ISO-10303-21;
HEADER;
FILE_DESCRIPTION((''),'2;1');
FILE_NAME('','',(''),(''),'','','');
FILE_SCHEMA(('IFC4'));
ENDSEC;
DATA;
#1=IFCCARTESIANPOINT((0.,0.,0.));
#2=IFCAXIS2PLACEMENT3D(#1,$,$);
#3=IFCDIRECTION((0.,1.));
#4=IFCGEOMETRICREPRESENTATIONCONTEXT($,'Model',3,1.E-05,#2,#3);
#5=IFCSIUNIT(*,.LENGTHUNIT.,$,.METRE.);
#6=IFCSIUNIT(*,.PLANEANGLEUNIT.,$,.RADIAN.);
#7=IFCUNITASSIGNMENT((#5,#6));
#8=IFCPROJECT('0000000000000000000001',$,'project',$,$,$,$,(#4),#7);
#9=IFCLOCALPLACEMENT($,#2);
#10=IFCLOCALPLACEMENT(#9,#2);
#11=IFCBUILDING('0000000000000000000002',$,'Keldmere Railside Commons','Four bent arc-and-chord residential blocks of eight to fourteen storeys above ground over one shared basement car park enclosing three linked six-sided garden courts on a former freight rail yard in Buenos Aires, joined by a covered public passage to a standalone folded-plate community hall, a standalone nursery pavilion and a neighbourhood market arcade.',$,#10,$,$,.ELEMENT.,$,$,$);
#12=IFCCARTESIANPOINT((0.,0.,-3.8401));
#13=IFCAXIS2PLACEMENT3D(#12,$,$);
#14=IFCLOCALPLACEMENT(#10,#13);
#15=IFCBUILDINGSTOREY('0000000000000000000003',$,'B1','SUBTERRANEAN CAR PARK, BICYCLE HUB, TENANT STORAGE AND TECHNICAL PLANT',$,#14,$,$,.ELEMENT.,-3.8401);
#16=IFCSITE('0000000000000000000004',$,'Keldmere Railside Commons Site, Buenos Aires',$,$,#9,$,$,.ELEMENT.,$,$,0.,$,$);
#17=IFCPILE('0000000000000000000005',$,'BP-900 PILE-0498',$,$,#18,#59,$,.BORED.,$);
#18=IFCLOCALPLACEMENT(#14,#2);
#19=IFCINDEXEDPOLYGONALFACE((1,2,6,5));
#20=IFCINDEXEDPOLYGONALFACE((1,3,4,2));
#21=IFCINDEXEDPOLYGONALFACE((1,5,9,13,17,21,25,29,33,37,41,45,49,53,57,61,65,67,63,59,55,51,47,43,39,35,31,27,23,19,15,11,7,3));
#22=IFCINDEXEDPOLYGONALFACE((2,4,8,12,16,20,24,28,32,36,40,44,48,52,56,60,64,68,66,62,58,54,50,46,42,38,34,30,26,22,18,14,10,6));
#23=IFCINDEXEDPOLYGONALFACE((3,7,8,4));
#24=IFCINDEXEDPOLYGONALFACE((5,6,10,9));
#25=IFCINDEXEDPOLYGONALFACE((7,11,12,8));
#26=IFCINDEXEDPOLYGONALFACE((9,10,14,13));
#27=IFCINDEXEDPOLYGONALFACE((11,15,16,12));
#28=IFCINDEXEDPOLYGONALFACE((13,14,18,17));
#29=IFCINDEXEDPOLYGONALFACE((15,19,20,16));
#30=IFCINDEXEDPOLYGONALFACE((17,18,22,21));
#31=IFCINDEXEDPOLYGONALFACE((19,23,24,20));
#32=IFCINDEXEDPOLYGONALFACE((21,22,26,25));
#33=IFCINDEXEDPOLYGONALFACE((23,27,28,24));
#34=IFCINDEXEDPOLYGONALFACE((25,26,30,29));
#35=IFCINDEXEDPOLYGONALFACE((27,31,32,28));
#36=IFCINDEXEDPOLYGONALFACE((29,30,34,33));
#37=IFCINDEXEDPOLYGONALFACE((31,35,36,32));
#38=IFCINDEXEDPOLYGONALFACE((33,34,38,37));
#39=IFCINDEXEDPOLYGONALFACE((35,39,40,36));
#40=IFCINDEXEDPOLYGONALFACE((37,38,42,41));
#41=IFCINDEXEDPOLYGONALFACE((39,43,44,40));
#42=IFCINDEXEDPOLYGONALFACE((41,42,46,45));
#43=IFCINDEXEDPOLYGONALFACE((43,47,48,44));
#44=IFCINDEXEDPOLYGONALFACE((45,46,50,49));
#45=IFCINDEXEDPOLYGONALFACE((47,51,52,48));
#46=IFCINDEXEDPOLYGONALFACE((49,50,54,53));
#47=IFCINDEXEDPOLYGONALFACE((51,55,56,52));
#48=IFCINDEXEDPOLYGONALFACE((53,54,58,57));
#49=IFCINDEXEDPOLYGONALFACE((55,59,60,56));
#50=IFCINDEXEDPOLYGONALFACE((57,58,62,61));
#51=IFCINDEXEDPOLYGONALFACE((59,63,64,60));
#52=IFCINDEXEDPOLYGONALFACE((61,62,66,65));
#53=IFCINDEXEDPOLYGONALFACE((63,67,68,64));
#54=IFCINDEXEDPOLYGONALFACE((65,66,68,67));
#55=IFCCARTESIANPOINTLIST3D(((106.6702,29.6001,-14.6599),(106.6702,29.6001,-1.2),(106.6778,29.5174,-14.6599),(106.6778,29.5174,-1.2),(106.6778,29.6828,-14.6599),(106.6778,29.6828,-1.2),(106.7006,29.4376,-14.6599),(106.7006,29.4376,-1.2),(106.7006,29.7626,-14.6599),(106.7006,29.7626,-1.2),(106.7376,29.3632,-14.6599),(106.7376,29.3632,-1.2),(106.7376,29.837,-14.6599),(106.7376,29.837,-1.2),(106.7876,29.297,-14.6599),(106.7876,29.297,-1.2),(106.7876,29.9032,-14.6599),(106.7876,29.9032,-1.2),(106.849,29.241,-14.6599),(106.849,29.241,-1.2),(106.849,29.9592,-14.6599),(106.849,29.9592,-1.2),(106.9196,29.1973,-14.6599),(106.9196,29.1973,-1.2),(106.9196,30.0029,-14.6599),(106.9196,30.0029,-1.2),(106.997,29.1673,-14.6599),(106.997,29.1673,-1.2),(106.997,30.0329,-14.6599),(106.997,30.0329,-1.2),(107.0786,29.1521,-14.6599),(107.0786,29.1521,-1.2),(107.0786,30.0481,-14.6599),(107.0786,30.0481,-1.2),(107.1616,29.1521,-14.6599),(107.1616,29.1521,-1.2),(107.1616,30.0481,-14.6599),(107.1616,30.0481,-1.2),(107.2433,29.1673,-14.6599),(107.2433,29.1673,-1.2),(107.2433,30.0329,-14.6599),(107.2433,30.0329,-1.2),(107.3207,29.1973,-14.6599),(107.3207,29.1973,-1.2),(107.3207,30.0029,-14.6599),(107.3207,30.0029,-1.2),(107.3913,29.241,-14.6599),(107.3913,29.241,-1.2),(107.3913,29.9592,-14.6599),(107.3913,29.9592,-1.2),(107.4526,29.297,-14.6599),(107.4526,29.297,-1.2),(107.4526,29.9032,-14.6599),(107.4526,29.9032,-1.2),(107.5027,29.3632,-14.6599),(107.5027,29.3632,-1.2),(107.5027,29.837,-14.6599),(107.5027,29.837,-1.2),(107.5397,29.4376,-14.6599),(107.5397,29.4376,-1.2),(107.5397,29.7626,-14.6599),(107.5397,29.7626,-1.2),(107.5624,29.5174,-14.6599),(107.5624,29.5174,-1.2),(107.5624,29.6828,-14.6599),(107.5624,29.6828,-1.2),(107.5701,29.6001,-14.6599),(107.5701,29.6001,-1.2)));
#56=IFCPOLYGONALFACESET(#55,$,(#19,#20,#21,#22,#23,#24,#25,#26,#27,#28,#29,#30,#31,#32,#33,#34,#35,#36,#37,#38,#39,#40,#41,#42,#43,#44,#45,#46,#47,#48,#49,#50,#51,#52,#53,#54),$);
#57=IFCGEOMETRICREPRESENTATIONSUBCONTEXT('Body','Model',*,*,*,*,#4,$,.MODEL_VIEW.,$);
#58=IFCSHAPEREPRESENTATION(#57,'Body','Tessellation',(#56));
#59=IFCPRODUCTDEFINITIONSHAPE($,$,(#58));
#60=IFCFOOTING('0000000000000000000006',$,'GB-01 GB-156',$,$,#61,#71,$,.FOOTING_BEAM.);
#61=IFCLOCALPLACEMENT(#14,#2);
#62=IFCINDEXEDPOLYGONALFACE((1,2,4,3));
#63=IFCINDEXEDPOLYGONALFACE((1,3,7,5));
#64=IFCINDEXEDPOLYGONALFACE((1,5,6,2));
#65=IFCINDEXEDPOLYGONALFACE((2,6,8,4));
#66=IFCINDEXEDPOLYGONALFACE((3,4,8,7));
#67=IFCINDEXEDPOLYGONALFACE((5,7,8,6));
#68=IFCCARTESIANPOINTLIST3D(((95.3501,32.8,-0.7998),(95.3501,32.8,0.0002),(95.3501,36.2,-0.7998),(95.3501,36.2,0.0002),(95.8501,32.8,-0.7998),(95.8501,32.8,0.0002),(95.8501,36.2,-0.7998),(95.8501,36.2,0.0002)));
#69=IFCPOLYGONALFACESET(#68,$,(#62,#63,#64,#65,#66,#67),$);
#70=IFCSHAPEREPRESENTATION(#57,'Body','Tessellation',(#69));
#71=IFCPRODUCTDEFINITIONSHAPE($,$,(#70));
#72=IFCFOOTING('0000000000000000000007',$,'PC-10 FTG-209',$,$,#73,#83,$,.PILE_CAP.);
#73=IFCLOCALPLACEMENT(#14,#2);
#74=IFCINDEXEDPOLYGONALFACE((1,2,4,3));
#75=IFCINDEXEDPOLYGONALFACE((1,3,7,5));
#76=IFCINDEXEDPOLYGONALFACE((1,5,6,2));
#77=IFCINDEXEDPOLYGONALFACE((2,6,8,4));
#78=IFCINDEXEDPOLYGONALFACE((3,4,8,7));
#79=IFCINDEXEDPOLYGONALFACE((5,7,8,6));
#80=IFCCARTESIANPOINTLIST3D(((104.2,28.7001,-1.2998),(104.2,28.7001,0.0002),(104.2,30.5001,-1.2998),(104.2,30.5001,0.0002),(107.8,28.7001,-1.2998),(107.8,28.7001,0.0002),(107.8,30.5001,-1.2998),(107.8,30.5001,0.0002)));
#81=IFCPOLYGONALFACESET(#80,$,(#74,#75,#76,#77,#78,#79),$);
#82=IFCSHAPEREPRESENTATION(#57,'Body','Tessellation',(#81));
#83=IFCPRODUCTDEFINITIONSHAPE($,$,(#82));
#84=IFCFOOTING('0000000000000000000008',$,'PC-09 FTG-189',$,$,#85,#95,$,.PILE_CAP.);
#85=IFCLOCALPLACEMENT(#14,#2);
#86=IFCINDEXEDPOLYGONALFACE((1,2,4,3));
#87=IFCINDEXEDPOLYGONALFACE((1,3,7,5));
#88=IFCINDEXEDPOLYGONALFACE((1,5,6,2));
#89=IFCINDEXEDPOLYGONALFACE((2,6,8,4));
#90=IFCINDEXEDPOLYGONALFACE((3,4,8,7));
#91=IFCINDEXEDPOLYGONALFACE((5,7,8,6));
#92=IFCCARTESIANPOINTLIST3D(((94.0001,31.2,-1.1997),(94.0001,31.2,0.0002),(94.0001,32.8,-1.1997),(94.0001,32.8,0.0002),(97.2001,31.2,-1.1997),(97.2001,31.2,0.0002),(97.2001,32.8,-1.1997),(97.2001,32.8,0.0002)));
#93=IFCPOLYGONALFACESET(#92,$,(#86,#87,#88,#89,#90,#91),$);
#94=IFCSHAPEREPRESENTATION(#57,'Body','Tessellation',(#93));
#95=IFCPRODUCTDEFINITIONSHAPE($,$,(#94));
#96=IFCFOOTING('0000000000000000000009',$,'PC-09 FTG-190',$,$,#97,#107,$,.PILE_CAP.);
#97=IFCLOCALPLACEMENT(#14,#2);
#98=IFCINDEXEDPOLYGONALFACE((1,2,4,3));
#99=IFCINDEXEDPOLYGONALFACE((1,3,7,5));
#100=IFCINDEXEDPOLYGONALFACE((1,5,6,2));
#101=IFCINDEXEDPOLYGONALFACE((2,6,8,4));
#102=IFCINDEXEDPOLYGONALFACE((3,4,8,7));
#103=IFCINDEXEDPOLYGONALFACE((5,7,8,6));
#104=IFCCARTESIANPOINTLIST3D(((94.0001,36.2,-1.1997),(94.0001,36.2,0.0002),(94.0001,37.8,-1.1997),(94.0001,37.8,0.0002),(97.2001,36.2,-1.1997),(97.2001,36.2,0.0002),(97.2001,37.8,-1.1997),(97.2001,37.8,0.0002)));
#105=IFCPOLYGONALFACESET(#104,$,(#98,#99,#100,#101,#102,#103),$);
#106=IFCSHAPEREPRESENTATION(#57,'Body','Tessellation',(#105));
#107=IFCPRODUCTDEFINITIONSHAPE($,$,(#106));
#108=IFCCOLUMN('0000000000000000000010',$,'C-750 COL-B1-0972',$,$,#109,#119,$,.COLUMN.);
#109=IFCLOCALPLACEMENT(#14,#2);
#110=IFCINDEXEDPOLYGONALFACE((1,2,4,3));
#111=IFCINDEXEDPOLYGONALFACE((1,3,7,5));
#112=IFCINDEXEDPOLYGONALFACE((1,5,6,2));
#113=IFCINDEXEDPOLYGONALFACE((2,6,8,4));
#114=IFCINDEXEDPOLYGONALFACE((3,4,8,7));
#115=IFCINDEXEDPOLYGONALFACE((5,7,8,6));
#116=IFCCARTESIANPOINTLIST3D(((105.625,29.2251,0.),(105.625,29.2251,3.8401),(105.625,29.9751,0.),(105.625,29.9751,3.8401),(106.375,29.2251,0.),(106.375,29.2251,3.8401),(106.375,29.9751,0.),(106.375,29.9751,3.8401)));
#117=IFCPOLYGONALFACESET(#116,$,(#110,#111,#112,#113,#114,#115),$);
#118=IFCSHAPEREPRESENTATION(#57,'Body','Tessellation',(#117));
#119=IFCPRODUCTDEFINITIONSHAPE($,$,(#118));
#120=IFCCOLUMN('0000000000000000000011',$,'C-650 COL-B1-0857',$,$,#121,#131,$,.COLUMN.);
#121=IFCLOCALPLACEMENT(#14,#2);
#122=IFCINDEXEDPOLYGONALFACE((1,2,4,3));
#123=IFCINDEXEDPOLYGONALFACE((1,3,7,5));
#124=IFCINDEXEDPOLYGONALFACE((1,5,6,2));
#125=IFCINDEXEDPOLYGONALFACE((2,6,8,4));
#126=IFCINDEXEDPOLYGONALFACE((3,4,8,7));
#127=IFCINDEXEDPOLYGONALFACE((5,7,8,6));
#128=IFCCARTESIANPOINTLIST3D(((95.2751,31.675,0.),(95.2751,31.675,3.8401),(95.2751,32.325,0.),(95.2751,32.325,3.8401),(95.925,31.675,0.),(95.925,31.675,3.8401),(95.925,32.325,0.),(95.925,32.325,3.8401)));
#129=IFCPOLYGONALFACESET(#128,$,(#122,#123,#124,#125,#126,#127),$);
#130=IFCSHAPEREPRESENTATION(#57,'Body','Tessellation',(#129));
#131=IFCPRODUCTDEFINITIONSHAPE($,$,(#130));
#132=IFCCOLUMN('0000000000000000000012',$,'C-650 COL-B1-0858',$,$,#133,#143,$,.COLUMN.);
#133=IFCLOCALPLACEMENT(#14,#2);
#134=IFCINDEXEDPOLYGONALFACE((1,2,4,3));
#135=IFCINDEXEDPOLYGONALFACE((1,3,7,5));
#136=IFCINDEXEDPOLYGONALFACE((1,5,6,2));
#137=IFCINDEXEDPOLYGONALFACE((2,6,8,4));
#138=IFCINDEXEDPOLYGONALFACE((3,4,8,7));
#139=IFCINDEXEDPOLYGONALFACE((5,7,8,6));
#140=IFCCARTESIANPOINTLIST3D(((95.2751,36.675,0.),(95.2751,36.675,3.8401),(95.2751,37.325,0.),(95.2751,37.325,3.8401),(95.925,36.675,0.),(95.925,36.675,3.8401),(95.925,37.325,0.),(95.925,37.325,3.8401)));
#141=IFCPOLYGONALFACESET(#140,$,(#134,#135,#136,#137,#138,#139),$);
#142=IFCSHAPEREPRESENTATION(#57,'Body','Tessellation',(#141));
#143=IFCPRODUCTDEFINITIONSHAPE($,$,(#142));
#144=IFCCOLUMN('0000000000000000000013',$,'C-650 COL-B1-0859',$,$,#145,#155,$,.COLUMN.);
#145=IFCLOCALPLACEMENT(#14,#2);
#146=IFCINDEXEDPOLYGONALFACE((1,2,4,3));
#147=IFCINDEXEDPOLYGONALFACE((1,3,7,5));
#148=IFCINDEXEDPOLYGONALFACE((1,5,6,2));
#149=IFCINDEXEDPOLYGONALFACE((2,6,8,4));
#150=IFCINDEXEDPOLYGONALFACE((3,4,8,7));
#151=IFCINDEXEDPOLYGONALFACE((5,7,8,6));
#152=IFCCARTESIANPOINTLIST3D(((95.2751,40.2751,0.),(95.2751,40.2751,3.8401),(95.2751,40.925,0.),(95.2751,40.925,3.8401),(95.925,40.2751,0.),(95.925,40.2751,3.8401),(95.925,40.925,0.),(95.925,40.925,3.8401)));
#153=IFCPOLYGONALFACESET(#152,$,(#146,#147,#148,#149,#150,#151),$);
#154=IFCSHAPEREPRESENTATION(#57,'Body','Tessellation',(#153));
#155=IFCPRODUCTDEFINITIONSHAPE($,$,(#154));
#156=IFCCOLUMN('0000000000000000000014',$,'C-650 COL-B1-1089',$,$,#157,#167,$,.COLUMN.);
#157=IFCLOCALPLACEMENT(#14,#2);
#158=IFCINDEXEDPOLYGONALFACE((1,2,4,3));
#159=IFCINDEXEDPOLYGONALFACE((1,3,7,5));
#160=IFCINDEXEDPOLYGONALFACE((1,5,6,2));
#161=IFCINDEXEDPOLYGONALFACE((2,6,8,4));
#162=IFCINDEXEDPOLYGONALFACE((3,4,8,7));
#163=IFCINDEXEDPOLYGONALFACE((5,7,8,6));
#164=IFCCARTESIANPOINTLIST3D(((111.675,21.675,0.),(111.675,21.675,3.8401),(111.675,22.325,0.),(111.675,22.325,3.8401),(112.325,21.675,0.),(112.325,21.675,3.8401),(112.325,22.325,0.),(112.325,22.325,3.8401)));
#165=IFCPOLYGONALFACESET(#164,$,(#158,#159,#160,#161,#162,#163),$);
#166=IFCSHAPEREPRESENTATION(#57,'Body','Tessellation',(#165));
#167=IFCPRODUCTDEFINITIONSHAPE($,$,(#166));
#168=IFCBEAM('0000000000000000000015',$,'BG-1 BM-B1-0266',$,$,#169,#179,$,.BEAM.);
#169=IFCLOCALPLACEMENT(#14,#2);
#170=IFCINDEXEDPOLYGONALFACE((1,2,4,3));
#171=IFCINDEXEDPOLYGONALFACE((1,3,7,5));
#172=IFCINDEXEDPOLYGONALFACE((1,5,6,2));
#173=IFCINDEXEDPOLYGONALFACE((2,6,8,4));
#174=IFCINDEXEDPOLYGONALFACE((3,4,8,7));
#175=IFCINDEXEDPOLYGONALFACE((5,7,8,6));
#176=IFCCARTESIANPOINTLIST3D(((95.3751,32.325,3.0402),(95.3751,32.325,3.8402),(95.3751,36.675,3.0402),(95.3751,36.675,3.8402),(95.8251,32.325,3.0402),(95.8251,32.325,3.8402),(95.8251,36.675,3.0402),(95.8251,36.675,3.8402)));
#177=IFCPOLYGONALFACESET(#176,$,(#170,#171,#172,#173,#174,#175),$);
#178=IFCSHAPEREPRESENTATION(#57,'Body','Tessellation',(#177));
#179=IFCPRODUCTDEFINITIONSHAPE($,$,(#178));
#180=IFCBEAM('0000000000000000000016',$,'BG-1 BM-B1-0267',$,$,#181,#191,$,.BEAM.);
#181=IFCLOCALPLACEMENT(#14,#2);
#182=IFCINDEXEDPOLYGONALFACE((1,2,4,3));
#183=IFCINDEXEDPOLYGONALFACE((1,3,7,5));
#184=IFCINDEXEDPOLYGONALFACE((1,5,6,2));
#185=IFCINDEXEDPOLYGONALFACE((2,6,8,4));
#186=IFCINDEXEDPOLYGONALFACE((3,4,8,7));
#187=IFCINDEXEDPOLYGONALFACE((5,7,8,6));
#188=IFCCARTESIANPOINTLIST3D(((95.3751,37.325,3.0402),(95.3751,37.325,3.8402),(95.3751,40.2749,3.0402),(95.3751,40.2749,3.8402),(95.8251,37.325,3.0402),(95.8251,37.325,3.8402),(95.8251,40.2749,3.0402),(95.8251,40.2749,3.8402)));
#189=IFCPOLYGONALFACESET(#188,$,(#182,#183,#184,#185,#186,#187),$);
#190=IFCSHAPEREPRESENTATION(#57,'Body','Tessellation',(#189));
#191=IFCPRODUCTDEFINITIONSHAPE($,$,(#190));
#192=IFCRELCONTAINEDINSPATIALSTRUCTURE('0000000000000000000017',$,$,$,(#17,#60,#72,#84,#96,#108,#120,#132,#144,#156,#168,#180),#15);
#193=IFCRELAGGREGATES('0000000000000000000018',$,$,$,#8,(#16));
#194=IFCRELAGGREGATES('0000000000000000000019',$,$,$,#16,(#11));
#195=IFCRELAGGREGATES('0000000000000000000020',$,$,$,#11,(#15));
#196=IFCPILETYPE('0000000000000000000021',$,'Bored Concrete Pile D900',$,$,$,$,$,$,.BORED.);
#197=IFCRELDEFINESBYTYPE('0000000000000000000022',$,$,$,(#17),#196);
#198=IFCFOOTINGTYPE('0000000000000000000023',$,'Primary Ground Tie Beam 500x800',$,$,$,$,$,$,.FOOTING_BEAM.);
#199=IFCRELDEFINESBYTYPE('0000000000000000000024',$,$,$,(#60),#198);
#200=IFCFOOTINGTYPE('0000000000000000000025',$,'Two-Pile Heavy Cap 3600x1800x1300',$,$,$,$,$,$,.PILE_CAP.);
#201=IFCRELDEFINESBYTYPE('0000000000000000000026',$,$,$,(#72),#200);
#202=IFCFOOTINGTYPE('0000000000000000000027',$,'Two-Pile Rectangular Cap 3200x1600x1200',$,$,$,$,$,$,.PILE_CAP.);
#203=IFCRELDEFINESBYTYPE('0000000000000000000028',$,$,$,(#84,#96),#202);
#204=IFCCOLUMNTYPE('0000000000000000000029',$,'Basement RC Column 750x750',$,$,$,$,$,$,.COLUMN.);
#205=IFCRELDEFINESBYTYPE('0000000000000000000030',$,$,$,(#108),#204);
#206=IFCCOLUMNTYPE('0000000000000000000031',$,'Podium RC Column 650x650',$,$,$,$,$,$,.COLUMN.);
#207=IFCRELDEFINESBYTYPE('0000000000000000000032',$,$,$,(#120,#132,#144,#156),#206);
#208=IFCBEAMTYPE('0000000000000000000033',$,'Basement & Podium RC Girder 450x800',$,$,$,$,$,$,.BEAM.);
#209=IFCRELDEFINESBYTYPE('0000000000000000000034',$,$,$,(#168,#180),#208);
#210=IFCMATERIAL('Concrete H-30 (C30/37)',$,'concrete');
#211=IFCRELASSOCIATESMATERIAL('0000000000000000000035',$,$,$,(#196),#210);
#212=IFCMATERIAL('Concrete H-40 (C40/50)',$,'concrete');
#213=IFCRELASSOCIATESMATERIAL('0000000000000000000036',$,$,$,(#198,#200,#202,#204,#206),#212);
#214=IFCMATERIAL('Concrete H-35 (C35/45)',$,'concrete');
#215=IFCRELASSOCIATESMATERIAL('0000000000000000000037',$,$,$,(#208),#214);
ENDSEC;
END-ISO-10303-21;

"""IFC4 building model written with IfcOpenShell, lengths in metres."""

from ifc_helpers import new_model, si_unit, direction, frame, origin, origin_2d, place, context, subcontext, project, spatial, rectangle, circle, extrude, material, material_profile, profile_set, type_object, element, save


model = new_model("IFC4")

# Units and contexts
model_context = context("Model", 3, precision=1e-05, world=origin(), true_north=direction((0.0, 1.0)))
body_context = subcontext(model_context, "Body", "Model", "MODEL_VIEW")
ifc_project = project(units=[si_unit("LENGTHUNIT", "METRE"), si_unit("PLANEANGLEUNIT", "RADIAN")], contexts=[model_context])

# Site, building, storey
site_placement = place(None, origin())
site = spatial("IfcSite", under=ifc_project, at=site_placement, Name="Keldmere Railside Commons Site, Buenos Aires", CompositionType="ELEMENT", RefElevation=0.0)
building_placement = place(site_placement, origin())
building = spatial("IfcBuilding", under=site, at=building_placement, Name="Keldmere Railside Commons", Description="Four bent arc-and-chord residential blocks of eight to fourteen storeys above ground over one shared basement car park enclosing three linked six-sided garden courts on a former freight rail yard in Buenos Aires, joined by a covered public passage to a standalone folded-plate community hall, a standalone nursery pavilion and a neighbourhood market arcade.", CompositionType="ELEMENT")
storey_placement = place(building_placement, frame((0.0, 0.0, -3.8401)))
storey = spatial("IfcBuildingStorey", under=building, at=storey_placement, Name="B1", Description="SUBTERRANEAN CAR PARK, BICYCLE HUB, TENANT STORAGE AND TECHNICAL PLANT", CompositionType="ELEMENT", Elevation=-3.8401)

# Pile
ifc_material_1 = material(Name="Concrete H-30 (C30/37)", Category="concrete")
ifc_material_profile_1 = material_profile(ifc_material_1, circle(Radius=0.45, at=origin_2d()), Name="PILE-D900")
ifc_profile_set_1 = profile_set([ifc_material_profile_1], Name="Concrete H-30 (C30/37)")
pile_type_1 = type_object("IfcPileType", Name="Bored Concrete Pile D900", PredefinedType="BORED", material=ifc_profile_set_1)
for number, where, z_axis, x_axis, name in (
    (1, (107.1201, 29.6001, -1.2), (0.0, 0.0, -1.0), (1.0, 0.0, 0.0), "BP-900 PILE-0498"),
):
    element("IfcPile", number, at=place(storey_placement, frame(where, z_axis=z_axis, x_axis=x_axis)), inside=storey, type_object=pile_type_1, Name=name, PredefinedType="BORED", context=body_context, shape_type="SweptSolid", body=[
        extrude(circle(Radius=0.45, at=origin_2d()), origin(), (0.0, 0.0, 1.0), 13.46),
    ])

# Footings
ifc_material_2 = material(Name="Concrete H-40 (C40/50)", Category="concrete")
footing_type_1 = type_object("IfcFootingType", Name="Primary Ground Tie Beam 500x800", PredefinedType="FOOTING_BEAM", material=ifc_material_2)
footing_1_placement = place(storey_placement, frame((95.6001, 34.5, -0.7998), z_axis=(0.0, 0.0, 1.0), x_axis=(0.0, 1.0, 0.0)))
element("IfcFooting", 2, at=footing_1_placement, inside=storey, type_object=footing_type_1, Name="GB-01 GB-156", PredefinedType="FOOTING_BEAM", context=body_context, shape_type="SweptSolid", body=[
    extrude(rectangle(XDim=3.3999, YDim=0.5, at=origin_2d()), origin(), (0.0, 0.0, 1.0), 0.8),
])
footing_type_2 = type_object("IfcFootingType", Name="Two-Pile Heavy Cap 3600x1800x1300", PredefinedType="PILE_CAP", material=ifc_material_2)
footing_2_placement = place(storey_placement, frame((106.0, 29.6001, -1.2998), z_axis=(0.0, 0.0, 1.0), x_axis=(1.0, 0.0, 0.0)))
element("IfcFooting", 3, at=footing_2_placement, inside=storey, type_object=footing_type_2, Name="PC-10 FTG-209", PredefinedType="PILE_CAP", context=body_context, shape_type="SweptSolid", body=[
    extrude(rectangle(XDim=3.6001, YDim=1.8, at=origin_2d()), origin(), (0.0, 0.0, 1.0), 1.3),
])
footing_type_3 = type_object("IfcFootingType", Name="Two-Pile Rectangular Cap 3200x1600x1200", PredefinedType="PILE_CAP", material=ifc_material_2)
for number, where, z_axis, x_axis, name in (
    (4, (95.6001, 32.0, -1.1997), (0.0, 0.0, 1.0), (1.0, 0.0, 0.0), "PC-09 FTG-189"),
    (5, (95.6001, 37.0, -1.1997), (0.0, 0.0, 1.0), (1.0, 0.0, 0.0), "PC-09 FTG-190"),
):
    element("IfcFooting", number, at=place(storey_placement, frame(where, z_axis=z_axis, x_axis=x_axis)), inside=storey, type_object=footing_type_3, Name=name, PredefinedType="PILE_CAP", context=body_context, shape_type="SweptSolid", body=[
        extrude(rectangle(XDim=3.2, YDim=1.6001, at=origin_2d()), origin(), (0.0, 0.0, 1.0), 1.2),
    ])

# Columns
ifc_material_profile_2 = material_profile(ifc_material_2, rectangle(XDim=0.75, YDim=0.75, at=origin_2d()), Name="RC-750x750")
ifc_profile_set_2 = profile_set([ifc_material_profile_2], Name="Concrete H-40 (C40/50)")
column_type_1 = type_object("IfcColumnType", Name="Basement RC Column 750x750", PredefinedType="COLUMN", material=ifc_profile_set_2)
column_placement = place(storey_placement, frame((106.0, 29.6001, 0.0), z_axis=(0.0, 0.0, 1.0), x_axis=(1.0, 0.0, 0.0)))
element("IfcColumn", 6, at=column_placement, inside=storey, type_object=column_type_1, Name="C-750 COL-B1-0972", PredefinedType="COLUMN", context=body_context, shape_type="SweptSolid", body=[
    extrude(rectangle(XDim=0.75, YDim=0.75, at=origin_2d()), origin(), (0.0, 0.0, 1.0), 3.8401),
])
ifc_material_profile_3 = material_profile(ifc_material_2, rectangle(XDim=0.6499, YDim=0.6499, at=origin_2d()), Name="RC-650x650")
ifc_profile_set_3 = profile_set([ifc_material_profile_3], Name="Concrete H-40 (C40/50)")
column_type_2 = type_object("IfcColumnType", Name="Podium RC Column 650x650", PredefinedType="COLUMN", material=ifc_profile_set_3)
for number, where, z_axis, x_axis, name in (
    (7, (95.6001, 32.0, 0.0), (0.0, 0.0, 1.0), (1.0, 0.0, 0.0), "C-650 COL-B1-0857"),
    (8, (95.6001, 37.0, 0.0), (0.0, 0.0, 1.0), (1.0, 0.0, 0.0), "C-650 COL-B1-0858"),
    (9, (95.6001, 40.6001, 0.0), (0.0, 0.0, 1.0), (1.0, 0.0, 0.0), "C-650 COL-B1-0859"),
    (10, (112.0, 22.0, 0.0), (0.0, 0.0, 1.0), (1.0, 0.0, 0.0), "C-650 COL-B1-1089"),
):
    element("IfcColumn", number, at=place(storey_placement, frame(where, z_axis=z_axis, x_axis=x_axis)), inside=storey, type_object=column_type_2, Name=name, PredefinedType="COLUMN", context=body_context, shape_type="SweptSolid", body=[
        extrude(rectangle(XDim=0.6499, YDim=0.6499, at=origin_2d()), origin(), (0.0, 0.0, 1.0), 3.8401),
    ])

# Beams
ifc_material_3 = material(Name="Concrete H-35 (C35/45)", Category="concrete")
ifc_material_profile_4 = material_profile(ifc_material_3, rectangle(XDim=0.45, YDim=0.8, at=origin_2d()), Name="RC-450x800")
ifc_profile_set_4 = profile_set([ifc_material_profile_4], Name="Concrete H-35 (C35/45)")
beam_type = type_object("IfcBeamType", Name="Basement & Podium RC Girder 450x800", PredefinedType="BEAM", material=ifc_profile_set_4)
beam_1_placement = place(storey_placement, frame((95.6001, 32.325, 3.4402), z_axis=(0.0, 1.0, 0.0), x_axis=(-1.0, 0.0, 0.0)))
element("IfcBeam", 11, at=beam_1_placement, inside=storey, type_object=beam_type, Name="BG-1 BM-B1-0266", PredefinedType="BEAM", context=body_context, shape_type="SweptSolid", body=[
    extrude(rectangle(XDim=0.45, YDim=0.8, at=origin_2d()), origin(), (0.0, 0.0, 1.0), 4.3501),
])
beam_2_placement = place(storey_placement, frame((95.6001, 37.325, 3.4402), z_axis=(0.0, 1.0, 0.0), x_axis=(-1.0, 0.0, 0.0)))
element("IfcBeam", 12, at=beam_2_placement, inside=storey, type_object=beam_type, Name="BG-1 BM-B1-0267", PredefinedType="BEAM", context=body_context, shape_type="SweptSolid", body=[
    extrude(rectangle(XDim=0.45, YDim=0.8, at=origin_2d()), origin(), (0.0, 0.0, 1.0), 2.95),
])

save(model, "model.ifc")
